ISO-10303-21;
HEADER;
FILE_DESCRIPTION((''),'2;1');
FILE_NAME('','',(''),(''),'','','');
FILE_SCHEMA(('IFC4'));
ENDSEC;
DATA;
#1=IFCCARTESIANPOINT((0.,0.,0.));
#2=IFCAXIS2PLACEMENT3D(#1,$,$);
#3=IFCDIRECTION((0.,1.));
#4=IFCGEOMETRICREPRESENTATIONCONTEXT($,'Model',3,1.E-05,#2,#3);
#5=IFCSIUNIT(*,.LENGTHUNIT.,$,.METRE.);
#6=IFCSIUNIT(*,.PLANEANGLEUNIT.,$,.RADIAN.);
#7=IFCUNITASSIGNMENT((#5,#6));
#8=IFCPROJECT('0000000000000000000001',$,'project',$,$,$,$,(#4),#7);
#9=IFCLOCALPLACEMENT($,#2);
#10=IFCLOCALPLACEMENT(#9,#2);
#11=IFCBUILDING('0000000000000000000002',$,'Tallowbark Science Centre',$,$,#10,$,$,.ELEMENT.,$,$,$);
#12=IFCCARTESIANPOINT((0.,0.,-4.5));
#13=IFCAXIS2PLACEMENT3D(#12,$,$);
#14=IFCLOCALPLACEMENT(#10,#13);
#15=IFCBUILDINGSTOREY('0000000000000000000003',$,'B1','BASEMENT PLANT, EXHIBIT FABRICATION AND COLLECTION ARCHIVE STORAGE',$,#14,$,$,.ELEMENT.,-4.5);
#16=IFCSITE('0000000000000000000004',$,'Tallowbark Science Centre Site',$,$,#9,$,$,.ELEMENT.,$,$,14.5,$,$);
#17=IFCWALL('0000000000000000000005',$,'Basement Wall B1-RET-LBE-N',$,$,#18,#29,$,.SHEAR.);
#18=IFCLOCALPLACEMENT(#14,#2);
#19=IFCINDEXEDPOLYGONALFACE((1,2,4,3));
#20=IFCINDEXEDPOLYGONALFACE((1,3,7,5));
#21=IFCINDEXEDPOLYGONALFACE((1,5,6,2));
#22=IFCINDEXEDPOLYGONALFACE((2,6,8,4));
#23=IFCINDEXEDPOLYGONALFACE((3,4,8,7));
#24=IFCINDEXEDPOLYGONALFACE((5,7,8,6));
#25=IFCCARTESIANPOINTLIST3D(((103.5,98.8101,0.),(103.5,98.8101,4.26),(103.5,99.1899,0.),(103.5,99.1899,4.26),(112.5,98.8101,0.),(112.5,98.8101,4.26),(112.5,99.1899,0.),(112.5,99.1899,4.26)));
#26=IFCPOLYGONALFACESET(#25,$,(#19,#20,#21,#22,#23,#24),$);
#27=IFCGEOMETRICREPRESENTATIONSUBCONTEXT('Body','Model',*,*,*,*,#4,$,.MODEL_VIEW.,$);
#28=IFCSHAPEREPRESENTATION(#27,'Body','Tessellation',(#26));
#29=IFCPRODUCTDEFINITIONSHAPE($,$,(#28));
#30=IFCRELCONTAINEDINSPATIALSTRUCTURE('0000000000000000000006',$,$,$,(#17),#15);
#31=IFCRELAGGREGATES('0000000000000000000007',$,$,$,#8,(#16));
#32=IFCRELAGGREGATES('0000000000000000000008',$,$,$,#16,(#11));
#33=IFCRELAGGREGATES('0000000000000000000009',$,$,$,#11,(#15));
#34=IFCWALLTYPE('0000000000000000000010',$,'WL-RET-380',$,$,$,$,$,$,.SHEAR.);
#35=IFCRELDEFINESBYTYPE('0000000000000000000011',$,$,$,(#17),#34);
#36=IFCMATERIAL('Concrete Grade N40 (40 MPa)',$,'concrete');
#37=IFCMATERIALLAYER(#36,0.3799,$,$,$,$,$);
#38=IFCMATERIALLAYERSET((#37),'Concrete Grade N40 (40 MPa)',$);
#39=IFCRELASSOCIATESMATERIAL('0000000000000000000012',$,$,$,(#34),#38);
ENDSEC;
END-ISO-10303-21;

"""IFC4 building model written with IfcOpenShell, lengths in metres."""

from ifc_helpers import new_model, si_unit, direction, frame, frame_2d, origin, place, context, subcontext, project, spatial, rectangle, extrude, material, layer, layer_set, type_object, element, save


model = new_model("IFC4")

# Units and contexts
model_context = context("Model", 3, precision=1e-05, world=origin(), true_north=direction((0.0, 1.0)))
body_context = subcontext(model_context, "Body", "Model", "MODEL_VIEW")
ifc_project = project(units=[si_unit("LENGTHUNIT", "METRE"), si_unit("PLANEANGLEUNIT", "RADIAN")], contexts=[model_context])

# Site, building, storey
site_placement = place(None, origin())
site = spatial("IfcSite", under=ifc_project, at=site_placement, Name="Tallowbark Science Centre Site", CompositionType="ELEMENT", RefElevation=14.5)
building_placement = place(site_placement, origin())
building = spatial("IfcBuilding", under=site, at=building_placement, Name="Tallowbark Science Centre", CompositionType="ELEMENT")
storey_placement = place(building_placement, frame((0.0, 0.0, -4.5)))
storey = spatial("IfcBuildingStorey", under=building, at=storey_placement, Name="B1", Description="BASEMENT PLANT, EXHIBIT FABRICATION AND COLLECTION ARCHIVE STORAGE", CompositionType="ELEMENT", Elevation=-4.5)

# Shared definitions
ifc_material_1 = material(Name="Concrete Grade N40 (40 MPa)", Category="concrete")

# Wall
ifc_layer_1 = layer(ifc_material_1, 0.3799)
ifc_layer_set_1 = layer_set([ifc_layer_1], Name="Concrete Grade N40 (40 MPa)")
wall_type_1 = type_object("IfcWallType", Name="WL-RET-380", PredefinedType="SHEAR", material=ifc_layer_set_1)
wall_1_placement = place(storey_placement, frame((103.5, 99.0, 0.0), z_axis=(0.0, 0.0, 1.0), x_axis=(1.0, 0.0, 0.0)))
element("IfcWall", 1, at=wall_1_placement, inside=storey, type_object=wall_type_1, Name="Basement Wall B1-RET-LBE-N", PredefinedType="SHEAR", context=body_context, shape_type="SweptSolid", body=[
    extrude(rectangle(XDim=9.0, YDim=0.3799, at=frame_2d((4.5, 0.0))), origin(), (0.0, 0.0, 1.0), 4.26),
])

save(model, "model.ifc")
